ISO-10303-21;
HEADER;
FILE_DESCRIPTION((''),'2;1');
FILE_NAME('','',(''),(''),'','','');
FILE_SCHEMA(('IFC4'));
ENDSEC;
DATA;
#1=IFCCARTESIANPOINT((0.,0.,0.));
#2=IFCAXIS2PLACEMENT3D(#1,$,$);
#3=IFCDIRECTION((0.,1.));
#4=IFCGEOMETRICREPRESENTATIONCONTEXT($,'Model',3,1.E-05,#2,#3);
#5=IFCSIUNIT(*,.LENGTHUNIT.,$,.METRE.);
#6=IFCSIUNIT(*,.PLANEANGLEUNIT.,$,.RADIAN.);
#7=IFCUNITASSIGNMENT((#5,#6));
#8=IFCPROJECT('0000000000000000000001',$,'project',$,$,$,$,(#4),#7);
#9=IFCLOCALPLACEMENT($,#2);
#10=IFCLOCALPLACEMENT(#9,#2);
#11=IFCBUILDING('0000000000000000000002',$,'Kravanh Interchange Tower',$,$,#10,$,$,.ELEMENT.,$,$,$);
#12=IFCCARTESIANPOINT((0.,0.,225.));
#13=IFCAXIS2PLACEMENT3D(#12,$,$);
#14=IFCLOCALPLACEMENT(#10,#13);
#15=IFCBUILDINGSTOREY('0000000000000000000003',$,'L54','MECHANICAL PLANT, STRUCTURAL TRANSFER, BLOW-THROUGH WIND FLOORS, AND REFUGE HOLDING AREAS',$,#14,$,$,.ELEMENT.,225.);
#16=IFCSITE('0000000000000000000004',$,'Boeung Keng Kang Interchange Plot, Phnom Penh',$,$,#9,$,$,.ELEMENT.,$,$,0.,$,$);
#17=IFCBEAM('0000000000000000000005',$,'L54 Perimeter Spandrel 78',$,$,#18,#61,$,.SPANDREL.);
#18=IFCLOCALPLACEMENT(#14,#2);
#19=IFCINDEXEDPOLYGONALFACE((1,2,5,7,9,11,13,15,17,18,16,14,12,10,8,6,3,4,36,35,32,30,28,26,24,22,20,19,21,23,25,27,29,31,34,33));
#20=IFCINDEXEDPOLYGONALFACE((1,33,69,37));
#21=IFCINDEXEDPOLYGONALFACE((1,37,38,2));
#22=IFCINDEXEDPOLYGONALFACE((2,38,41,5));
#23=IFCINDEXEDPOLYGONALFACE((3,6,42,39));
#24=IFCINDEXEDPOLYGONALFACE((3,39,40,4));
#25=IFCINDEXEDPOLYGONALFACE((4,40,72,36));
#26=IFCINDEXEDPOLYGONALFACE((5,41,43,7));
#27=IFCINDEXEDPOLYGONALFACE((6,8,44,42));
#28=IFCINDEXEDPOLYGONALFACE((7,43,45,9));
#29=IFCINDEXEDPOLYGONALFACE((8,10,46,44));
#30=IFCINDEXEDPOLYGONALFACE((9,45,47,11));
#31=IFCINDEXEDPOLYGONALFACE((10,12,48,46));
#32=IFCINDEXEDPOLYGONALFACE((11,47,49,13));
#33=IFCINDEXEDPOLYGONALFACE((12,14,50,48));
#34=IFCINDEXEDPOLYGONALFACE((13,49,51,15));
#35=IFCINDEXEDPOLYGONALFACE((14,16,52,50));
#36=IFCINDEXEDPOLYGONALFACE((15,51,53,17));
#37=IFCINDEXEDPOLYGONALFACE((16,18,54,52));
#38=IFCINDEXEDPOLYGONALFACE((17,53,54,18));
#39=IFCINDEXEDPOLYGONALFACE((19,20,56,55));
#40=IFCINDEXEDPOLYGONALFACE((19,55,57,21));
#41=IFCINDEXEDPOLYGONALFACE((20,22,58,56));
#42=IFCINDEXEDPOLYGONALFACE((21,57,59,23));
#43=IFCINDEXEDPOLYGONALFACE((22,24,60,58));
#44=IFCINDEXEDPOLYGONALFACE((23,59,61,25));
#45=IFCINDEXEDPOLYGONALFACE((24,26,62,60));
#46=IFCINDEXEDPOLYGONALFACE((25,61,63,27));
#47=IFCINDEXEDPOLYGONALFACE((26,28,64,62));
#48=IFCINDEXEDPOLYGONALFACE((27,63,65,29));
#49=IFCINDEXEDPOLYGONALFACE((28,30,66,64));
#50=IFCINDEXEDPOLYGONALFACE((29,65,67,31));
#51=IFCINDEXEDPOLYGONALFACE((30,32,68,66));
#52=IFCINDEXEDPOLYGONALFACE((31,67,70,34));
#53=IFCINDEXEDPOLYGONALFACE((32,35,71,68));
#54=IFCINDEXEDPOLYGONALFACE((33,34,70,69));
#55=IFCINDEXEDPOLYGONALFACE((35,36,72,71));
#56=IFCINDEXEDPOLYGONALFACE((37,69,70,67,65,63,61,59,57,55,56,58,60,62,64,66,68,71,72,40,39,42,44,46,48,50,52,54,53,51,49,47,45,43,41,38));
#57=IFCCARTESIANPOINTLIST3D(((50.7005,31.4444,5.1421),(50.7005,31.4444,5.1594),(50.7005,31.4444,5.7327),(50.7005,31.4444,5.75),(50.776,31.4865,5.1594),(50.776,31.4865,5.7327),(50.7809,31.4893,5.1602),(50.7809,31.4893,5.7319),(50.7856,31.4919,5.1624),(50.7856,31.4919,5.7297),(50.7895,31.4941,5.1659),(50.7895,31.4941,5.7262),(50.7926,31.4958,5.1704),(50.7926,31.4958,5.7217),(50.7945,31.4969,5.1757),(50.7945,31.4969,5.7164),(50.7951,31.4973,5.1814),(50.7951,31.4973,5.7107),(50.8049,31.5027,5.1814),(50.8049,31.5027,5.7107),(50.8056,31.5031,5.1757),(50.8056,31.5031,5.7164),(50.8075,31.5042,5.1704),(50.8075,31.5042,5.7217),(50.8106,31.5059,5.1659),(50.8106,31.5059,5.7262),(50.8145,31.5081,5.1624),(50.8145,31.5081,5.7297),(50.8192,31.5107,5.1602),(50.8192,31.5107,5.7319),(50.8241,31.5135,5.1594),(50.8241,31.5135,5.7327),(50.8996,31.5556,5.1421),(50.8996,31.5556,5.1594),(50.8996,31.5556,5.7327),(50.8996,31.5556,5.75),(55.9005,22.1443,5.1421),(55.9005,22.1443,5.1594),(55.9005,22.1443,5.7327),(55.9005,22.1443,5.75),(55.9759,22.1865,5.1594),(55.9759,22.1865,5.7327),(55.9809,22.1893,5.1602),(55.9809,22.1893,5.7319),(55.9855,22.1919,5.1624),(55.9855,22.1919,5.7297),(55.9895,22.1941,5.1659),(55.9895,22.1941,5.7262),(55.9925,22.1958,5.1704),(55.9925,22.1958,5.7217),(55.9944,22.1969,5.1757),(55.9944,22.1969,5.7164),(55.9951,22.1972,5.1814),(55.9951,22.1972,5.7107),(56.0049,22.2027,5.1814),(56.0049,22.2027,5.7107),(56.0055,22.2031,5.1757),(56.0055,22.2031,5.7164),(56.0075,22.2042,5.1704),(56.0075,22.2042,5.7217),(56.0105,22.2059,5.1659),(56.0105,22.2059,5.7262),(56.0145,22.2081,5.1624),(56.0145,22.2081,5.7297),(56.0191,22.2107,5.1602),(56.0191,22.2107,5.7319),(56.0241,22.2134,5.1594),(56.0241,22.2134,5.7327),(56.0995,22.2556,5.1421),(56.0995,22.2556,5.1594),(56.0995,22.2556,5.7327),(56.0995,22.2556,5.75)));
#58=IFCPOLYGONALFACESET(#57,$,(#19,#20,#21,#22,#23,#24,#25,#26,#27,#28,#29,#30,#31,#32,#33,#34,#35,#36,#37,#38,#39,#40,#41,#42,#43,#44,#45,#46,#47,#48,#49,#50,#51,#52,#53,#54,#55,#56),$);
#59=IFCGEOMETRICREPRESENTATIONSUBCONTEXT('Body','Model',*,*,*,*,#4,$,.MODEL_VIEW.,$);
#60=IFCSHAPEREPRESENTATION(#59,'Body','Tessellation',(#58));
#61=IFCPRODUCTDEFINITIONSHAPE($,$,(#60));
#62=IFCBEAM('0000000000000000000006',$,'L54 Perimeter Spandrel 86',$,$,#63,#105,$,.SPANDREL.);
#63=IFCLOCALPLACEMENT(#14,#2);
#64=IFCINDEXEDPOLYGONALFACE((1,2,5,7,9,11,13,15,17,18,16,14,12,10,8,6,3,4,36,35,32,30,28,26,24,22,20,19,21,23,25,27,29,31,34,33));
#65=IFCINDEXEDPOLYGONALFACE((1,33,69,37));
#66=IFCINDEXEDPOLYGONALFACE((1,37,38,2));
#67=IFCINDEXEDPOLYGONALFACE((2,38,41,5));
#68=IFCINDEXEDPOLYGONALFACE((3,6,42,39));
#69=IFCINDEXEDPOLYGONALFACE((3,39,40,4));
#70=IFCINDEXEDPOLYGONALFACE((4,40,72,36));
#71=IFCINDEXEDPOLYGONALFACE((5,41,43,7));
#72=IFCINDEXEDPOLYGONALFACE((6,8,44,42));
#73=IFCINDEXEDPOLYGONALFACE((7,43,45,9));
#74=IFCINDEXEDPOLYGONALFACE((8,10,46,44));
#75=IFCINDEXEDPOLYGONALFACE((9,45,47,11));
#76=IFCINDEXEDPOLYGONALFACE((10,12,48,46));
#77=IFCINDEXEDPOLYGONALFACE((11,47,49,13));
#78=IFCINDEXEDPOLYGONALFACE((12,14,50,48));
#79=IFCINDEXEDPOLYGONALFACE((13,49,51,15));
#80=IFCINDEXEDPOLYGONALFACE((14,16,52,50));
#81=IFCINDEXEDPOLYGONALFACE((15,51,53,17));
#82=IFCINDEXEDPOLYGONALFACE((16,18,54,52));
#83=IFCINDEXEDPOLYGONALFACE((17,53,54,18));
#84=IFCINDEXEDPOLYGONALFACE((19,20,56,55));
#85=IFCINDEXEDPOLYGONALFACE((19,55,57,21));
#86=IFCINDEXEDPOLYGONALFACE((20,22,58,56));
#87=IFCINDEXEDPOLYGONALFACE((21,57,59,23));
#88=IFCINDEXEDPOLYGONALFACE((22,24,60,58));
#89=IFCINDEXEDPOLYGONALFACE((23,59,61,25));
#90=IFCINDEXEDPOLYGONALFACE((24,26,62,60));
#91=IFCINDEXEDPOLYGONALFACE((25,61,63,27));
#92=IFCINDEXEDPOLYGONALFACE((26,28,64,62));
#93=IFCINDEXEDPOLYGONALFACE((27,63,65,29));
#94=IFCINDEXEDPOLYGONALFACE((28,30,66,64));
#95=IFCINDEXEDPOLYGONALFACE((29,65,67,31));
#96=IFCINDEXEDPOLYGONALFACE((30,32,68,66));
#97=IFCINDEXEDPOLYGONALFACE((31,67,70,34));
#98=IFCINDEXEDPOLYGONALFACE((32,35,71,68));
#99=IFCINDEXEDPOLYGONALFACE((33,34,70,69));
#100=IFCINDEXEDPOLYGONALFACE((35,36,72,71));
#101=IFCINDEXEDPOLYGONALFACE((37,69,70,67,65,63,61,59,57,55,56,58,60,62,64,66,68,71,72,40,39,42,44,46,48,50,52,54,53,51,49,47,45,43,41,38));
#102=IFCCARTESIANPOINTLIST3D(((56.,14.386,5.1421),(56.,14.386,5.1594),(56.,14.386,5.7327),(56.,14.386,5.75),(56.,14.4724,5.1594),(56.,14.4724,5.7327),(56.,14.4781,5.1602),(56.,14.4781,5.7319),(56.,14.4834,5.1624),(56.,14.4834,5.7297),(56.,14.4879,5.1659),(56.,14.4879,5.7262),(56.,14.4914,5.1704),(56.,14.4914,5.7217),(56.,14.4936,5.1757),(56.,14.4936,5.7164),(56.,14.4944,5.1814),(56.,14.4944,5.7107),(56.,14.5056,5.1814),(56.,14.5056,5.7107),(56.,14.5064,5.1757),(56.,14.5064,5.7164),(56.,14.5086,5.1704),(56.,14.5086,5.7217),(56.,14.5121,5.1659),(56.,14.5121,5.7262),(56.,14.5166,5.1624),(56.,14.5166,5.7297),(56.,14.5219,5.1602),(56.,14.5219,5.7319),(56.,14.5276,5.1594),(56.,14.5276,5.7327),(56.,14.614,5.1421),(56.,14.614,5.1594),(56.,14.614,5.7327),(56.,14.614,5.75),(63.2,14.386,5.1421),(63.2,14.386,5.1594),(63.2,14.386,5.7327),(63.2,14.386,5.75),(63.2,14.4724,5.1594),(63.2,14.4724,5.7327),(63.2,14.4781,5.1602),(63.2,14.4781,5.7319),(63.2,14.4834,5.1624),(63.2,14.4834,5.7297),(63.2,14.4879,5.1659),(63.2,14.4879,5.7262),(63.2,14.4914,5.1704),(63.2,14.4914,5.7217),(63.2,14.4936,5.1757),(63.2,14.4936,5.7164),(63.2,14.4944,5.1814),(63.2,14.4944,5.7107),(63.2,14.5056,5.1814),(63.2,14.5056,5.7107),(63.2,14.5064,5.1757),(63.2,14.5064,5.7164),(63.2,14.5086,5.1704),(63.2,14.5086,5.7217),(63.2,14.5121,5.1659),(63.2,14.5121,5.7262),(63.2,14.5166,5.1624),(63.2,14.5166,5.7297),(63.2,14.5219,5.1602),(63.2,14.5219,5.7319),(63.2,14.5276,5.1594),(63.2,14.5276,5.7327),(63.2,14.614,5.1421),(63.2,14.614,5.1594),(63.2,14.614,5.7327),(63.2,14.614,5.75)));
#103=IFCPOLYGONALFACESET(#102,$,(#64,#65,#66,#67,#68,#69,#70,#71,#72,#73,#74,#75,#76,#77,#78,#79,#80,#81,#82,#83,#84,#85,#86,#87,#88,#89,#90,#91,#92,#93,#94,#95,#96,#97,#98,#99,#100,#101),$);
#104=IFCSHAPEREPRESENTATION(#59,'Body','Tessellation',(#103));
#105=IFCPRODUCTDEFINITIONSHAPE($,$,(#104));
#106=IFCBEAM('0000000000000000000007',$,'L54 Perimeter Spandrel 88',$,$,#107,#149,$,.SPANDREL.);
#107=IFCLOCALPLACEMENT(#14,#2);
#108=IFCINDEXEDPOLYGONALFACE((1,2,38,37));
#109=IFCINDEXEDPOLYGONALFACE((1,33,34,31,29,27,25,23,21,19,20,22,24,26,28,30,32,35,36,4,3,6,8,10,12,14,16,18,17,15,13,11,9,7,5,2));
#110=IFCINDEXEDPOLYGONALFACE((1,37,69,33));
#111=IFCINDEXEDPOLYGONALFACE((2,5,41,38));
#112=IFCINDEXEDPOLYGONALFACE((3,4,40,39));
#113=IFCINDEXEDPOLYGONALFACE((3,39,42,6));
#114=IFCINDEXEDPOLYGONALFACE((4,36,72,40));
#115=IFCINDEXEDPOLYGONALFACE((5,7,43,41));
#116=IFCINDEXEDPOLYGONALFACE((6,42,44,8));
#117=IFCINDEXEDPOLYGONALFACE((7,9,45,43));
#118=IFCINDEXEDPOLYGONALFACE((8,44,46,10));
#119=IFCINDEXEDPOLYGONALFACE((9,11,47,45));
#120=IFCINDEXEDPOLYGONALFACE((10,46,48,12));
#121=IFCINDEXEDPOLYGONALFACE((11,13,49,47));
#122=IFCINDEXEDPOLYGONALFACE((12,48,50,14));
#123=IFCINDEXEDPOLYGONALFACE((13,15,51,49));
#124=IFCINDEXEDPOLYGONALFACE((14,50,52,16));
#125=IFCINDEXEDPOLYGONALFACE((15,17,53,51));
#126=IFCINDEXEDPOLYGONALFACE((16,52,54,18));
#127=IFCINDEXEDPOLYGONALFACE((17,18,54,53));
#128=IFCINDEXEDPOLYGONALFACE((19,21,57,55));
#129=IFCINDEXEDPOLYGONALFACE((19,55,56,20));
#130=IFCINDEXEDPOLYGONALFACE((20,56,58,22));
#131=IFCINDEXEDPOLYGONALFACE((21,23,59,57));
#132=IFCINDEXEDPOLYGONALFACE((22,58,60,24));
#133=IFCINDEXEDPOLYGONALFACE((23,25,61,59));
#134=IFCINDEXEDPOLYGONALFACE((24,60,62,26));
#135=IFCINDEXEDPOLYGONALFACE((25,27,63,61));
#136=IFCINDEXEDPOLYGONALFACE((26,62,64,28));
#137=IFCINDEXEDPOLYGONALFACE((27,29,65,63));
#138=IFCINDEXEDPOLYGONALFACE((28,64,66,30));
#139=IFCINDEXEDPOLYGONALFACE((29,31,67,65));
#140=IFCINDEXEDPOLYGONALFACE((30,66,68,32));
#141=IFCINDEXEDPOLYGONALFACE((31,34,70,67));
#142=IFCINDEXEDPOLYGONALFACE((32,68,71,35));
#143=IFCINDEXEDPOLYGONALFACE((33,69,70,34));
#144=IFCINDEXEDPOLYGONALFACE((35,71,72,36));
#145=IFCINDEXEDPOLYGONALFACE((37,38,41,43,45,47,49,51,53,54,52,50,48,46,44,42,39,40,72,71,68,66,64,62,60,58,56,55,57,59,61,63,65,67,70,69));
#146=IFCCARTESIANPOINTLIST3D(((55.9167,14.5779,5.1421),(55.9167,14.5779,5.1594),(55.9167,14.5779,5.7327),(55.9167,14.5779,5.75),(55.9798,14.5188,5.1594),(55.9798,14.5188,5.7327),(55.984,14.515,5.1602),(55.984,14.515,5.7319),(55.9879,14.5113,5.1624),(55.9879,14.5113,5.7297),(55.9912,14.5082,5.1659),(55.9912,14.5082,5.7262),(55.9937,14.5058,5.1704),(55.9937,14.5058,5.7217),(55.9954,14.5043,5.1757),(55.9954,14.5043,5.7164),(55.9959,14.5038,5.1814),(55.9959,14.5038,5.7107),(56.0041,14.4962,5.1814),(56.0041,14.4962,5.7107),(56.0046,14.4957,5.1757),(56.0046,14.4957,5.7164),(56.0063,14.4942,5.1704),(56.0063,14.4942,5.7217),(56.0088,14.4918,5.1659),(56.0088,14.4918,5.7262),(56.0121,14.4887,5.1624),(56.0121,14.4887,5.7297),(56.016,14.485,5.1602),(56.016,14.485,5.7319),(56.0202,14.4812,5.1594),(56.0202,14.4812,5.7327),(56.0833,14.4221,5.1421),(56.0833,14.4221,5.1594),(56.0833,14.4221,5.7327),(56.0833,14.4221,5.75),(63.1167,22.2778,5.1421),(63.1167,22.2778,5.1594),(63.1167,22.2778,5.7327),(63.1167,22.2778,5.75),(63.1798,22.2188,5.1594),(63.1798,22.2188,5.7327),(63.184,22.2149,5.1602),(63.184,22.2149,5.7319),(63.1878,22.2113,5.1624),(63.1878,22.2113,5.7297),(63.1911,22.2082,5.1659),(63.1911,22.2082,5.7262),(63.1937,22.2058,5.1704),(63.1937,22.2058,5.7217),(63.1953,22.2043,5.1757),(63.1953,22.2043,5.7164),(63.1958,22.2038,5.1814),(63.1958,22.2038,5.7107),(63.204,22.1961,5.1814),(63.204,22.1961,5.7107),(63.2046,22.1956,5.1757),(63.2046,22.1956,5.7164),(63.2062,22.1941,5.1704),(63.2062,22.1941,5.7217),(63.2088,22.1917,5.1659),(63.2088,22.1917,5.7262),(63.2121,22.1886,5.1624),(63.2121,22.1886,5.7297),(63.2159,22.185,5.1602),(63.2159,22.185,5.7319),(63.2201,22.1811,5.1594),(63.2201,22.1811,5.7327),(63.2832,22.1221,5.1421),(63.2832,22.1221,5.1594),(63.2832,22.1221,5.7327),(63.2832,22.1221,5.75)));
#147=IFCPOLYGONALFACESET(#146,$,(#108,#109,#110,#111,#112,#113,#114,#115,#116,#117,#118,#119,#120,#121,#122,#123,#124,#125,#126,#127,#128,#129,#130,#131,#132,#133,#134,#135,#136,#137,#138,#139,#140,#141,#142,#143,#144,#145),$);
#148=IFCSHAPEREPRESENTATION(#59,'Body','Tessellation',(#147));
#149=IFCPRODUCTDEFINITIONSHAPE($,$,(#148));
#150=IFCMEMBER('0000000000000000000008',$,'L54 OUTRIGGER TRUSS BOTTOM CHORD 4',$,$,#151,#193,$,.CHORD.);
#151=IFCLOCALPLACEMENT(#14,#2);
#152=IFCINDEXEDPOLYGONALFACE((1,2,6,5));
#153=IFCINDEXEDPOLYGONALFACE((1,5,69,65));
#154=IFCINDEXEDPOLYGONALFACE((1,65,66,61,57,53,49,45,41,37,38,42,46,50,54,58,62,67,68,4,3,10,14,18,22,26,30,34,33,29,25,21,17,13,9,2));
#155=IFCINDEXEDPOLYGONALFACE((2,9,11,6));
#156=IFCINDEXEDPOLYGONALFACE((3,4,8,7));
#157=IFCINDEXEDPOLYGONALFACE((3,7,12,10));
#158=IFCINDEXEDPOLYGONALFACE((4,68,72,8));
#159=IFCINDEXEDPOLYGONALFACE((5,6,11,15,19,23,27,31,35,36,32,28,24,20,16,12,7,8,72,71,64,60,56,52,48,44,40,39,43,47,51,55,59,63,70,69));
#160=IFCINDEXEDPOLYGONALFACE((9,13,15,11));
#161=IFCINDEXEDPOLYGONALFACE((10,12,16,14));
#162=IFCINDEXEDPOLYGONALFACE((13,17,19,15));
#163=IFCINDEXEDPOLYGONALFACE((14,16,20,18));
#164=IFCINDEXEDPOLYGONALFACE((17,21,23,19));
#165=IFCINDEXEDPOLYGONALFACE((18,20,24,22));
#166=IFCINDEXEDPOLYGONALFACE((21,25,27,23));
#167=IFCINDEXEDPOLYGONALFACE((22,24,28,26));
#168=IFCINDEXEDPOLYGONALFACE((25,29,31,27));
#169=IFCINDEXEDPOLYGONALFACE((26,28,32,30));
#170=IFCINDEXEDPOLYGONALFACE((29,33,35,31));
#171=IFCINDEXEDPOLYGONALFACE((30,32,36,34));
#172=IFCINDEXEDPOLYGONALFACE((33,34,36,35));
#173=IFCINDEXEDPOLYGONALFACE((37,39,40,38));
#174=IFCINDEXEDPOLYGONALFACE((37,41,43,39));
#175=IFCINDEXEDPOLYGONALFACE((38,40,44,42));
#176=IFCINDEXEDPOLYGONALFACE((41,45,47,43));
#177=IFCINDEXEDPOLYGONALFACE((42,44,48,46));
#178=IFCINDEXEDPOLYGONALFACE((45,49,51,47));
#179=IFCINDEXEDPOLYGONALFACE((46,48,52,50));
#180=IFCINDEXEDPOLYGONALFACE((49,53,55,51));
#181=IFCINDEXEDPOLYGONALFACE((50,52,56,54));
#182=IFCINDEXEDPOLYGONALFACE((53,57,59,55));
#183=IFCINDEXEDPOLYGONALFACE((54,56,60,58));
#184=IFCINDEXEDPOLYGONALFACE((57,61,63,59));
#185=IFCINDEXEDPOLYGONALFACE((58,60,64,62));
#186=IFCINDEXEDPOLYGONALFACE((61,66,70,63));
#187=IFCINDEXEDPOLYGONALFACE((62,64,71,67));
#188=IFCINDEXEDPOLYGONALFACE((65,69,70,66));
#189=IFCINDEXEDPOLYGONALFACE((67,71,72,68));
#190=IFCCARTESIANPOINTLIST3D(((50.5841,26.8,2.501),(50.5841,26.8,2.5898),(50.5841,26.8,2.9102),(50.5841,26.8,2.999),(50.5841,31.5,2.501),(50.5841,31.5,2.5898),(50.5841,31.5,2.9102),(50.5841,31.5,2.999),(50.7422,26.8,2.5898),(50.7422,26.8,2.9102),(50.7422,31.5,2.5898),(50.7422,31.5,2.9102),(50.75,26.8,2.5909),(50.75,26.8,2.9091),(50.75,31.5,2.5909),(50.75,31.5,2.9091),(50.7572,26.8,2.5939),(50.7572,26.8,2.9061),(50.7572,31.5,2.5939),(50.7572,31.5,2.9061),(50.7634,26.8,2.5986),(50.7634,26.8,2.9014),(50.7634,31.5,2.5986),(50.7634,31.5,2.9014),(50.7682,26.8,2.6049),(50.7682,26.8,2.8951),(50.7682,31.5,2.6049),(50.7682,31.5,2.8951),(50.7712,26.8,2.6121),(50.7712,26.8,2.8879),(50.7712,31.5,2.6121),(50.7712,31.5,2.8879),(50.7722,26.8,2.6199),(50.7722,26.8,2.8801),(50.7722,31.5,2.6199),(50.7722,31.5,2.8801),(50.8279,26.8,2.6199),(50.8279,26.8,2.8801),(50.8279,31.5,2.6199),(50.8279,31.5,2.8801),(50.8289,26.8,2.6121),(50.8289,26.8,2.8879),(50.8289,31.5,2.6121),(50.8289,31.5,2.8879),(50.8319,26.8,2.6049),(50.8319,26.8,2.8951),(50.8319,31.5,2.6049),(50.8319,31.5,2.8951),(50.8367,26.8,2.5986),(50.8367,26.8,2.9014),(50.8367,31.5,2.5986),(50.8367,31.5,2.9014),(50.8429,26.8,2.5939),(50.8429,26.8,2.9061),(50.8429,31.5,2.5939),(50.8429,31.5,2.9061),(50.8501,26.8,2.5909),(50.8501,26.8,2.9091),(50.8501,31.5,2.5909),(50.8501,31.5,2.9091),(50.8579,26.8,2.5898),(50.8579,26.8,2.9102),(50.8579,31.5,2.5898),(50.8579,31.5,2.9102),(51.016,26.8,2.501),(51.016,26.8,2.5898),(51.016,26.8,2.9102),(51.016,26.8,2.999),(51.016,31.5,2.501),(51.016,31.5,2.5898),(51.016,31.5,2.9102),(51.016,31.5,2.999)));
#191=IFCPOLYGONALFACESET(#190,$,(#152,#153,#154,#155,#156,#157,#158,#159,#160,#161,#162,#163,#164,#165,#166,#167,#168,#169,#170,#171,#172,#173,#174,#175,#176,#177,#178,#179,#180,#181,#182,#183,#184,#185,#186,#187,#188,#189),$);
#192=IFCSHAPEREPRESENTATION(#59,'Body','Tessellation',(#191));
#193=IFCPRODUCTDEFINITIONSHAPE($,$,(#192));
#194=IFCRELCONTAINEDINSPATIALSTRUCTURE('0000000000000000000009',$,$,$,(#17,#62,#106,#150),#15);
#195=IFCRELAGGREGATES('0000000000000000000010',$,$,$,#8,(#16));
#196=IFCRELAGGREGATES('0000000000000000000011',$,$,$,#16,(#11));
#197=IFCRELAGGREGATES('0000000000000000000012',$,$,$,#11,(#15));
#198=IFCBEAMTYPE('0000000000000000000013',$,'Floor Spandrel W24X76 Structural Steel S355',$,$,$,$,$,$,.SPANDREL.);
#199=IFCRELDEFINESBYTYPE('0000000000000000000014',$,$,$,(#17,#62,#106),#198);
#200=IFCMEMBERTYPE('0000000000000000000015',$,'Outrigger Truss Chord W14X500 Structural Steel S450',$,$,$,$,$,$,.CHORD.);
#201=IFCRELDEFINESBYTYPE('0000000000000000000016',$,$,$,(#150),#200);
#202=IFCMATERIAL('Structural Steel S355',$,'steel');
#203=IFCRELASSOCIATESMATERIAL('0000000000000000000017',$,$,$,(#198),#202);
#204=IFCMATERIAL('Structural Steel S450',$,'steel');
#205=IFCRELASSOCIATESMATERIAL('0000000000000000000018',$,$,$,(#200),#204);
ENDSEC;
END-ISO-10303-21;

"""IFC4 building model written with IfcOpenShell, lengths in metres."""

from ifc_helpers import new_model, si_unit, direction, frame, origin, origin_2d, place, context, subcontext, project, spatial, i_section, extrude, material, material_profile, profile_set, type_object, element, save


model = new_model("IFC4")

# Units and contexts
model_context = context("Model", 3, precision=1e-05, world=origin(), true_north=direction((0.0, 1.0)))
body_context = subcontext(model_context, "Body", "Model", "MODEL_VIEW")
ifc_project = project(units=[si_unit("LENGTHUNIT", "METRE"), si_unit("PLANEANGLEUNIT", "RADIAN")], contexts=[model_context])

# Site, building, storey
site_placement = place(None, origin())
site = spatial("IfcSite", under=ifc_project, at=site_placement, Name="Boeung Keng Kang Interchange Plot, Phnom Penh", CompositionType="ELEMENT", RefElevation=0.0)
building_placement = place(site_placement, origin())
building = spatial("IfcBuilding", under=site, at=building_placement, Name="Kravanh Interchange Tower", CompositionType="ELEMENT")
storey_placement = place(building_placement, frame((0.0, 0.0, 225.0)))
storey = spatial("IfcBuildingStorey", under=building, at=storey_placement, Name="L54", Description="MECHANICAL PLANT, STRUCTURAL TRANSFER, BLOW-THROUGH WIND FLOORS, AND REFUGE HOLDING AREAS", CompositionType="ELEMENT", Elevation=225.0)

# Beams
ifc_material_1 = material(Name="Structural Steel S355", Category="steel")
ifc_material_profile_1 = material_profile(ifc_material_1, i_section(OverallWidth=0.228, OverallDepth=0.6079, WebThickness=0.0112, FlangeThickness=0.0173, FilletRadius=0.022, at=origin_2d()), Name="W24X76")
ifc_profile_set_1 = profile_set([ifc_material_profile_1], Name="Structural Steel S355")
beam_type_1 = type_object("IfcBeamType", Name="Floor Spandrel W24X76 Structural Steel S355", PredefinedType="SPANDREL", material=ifc_profile_set_1)
beam_1_placement = place(storey_placement, frame((50.8, 31.5, 5.446), z_axis=(0.488026, -0.872829, 0.0), x_axis=(0.872829, 0.488026, 0.0)))
element("IfcBeam", 1, at=beam_1_placement, inside=storey, type_object=beam_type_1, Name="L54 Perimeter Spandrel 78", PredefinedType="SPANDREL", context=body_context, shape_type="SweptSolid", body=[
    extrude(i_section(OverallWidth=0.228, OverallDepth=0.6079, WebThickness=0.0112, FlangeThickness=0.0173, FilletRadius=0.022, at=origin_2d()), origin(), (0.0, 0.0, 1.0), 10.655),
])
beam_2_placement = place(storey_placement, frame((56.0, 14.5, 5.446), z_axis=(1.0, 0.0, 0.0), x_axis=(0.0, 1.0, 0.0)))
element("IfcBeam", 2, at=beam_2_placement, inside=storey, type_object=beam_type_1, Name="L54 Perimeter Spandrel 86", PredefinedType="SPANDREL", context=body_context, shape_type="SweptSolid", body=[
    extrude(i_section(OverallWidth=0.228, OverallDepth=0.6079, WebThickness=0.0112, FlangeThickness=0.0173, FilletRadius=0.022, at=origin_2d()), origin(), (0.0, 0.0, 1.0), 7.2),
])
beam_3_placement = place(storey_placement, frame((56.0, 14.5, 5.446), z_axis=(0.682994, 0.730424, 0.0), x_axis=(-0.730424, 0.682994, 0.0)))
element("IfcBeam", 3, at=beam_3_placement, inside=storey, type_object=beam_type_1, Name="L54 Perimeter Spandrel 88", PredefinedType="SPANDREL", context=body_context, shape_type="SweptSolid", body=[
    extrude(i_section(OverallWidth=0.228, OverallDepth=0.6079, WebThickness=0.0112, FlangeThickness=0.0173, FilletRadius=0.022, at=origin_2d()), origin(), (0.0, 0.0, 1.0), 10.5417),
])

# Member
ifc_material_2 = material(Name="Structural Steel S450", Category="steel")
ifc_material_profile_2 = material_profile(ifc_material_2, i_section(OverallWidth=0.4319, OverallDepth=0.498, WebThickness=0.0557, FlangeThickness=0.0889, FilletRadius=0.03, at=origin_2d()), Name="W14X500")
ifc_profile_set_2 = profile_set([ifc_material_profile_2], Name="Structural Steel S450")
member_type_1 = type_object("IfcMemberType", Name="Outrigger Truss Chord W14X500 Structural Steel S450", PredefinedType="CHORD", material=ifc_profile_set_2)
member_1_placement = place(storey_placement, frame((50.8, 31.5, 2.75), z_axis=(0.0, -1.0, 0.0), x_axis=(1.0, 0.0, 0.0)))
element("IfcMember", 4, at=member_1_placement, inside=storey, type_object=member_type_1, Name="L54 OUTRIGGER TRUSS BOTTOM CHORD 4", PredefinedType="CHORD", context=body_context, shape_type="SweptSolid", body=[
    extrude(i_section(OverallWidth=0.4319, OverallDepth=0.498, WebThickness=0.0557, FlangeThickness=0.0889, FilletRadius=0.03, at=origin_2d()), origin(), (0.0, 0.0, 1.0), 4.7),
])

save(model, "model.ifc")
